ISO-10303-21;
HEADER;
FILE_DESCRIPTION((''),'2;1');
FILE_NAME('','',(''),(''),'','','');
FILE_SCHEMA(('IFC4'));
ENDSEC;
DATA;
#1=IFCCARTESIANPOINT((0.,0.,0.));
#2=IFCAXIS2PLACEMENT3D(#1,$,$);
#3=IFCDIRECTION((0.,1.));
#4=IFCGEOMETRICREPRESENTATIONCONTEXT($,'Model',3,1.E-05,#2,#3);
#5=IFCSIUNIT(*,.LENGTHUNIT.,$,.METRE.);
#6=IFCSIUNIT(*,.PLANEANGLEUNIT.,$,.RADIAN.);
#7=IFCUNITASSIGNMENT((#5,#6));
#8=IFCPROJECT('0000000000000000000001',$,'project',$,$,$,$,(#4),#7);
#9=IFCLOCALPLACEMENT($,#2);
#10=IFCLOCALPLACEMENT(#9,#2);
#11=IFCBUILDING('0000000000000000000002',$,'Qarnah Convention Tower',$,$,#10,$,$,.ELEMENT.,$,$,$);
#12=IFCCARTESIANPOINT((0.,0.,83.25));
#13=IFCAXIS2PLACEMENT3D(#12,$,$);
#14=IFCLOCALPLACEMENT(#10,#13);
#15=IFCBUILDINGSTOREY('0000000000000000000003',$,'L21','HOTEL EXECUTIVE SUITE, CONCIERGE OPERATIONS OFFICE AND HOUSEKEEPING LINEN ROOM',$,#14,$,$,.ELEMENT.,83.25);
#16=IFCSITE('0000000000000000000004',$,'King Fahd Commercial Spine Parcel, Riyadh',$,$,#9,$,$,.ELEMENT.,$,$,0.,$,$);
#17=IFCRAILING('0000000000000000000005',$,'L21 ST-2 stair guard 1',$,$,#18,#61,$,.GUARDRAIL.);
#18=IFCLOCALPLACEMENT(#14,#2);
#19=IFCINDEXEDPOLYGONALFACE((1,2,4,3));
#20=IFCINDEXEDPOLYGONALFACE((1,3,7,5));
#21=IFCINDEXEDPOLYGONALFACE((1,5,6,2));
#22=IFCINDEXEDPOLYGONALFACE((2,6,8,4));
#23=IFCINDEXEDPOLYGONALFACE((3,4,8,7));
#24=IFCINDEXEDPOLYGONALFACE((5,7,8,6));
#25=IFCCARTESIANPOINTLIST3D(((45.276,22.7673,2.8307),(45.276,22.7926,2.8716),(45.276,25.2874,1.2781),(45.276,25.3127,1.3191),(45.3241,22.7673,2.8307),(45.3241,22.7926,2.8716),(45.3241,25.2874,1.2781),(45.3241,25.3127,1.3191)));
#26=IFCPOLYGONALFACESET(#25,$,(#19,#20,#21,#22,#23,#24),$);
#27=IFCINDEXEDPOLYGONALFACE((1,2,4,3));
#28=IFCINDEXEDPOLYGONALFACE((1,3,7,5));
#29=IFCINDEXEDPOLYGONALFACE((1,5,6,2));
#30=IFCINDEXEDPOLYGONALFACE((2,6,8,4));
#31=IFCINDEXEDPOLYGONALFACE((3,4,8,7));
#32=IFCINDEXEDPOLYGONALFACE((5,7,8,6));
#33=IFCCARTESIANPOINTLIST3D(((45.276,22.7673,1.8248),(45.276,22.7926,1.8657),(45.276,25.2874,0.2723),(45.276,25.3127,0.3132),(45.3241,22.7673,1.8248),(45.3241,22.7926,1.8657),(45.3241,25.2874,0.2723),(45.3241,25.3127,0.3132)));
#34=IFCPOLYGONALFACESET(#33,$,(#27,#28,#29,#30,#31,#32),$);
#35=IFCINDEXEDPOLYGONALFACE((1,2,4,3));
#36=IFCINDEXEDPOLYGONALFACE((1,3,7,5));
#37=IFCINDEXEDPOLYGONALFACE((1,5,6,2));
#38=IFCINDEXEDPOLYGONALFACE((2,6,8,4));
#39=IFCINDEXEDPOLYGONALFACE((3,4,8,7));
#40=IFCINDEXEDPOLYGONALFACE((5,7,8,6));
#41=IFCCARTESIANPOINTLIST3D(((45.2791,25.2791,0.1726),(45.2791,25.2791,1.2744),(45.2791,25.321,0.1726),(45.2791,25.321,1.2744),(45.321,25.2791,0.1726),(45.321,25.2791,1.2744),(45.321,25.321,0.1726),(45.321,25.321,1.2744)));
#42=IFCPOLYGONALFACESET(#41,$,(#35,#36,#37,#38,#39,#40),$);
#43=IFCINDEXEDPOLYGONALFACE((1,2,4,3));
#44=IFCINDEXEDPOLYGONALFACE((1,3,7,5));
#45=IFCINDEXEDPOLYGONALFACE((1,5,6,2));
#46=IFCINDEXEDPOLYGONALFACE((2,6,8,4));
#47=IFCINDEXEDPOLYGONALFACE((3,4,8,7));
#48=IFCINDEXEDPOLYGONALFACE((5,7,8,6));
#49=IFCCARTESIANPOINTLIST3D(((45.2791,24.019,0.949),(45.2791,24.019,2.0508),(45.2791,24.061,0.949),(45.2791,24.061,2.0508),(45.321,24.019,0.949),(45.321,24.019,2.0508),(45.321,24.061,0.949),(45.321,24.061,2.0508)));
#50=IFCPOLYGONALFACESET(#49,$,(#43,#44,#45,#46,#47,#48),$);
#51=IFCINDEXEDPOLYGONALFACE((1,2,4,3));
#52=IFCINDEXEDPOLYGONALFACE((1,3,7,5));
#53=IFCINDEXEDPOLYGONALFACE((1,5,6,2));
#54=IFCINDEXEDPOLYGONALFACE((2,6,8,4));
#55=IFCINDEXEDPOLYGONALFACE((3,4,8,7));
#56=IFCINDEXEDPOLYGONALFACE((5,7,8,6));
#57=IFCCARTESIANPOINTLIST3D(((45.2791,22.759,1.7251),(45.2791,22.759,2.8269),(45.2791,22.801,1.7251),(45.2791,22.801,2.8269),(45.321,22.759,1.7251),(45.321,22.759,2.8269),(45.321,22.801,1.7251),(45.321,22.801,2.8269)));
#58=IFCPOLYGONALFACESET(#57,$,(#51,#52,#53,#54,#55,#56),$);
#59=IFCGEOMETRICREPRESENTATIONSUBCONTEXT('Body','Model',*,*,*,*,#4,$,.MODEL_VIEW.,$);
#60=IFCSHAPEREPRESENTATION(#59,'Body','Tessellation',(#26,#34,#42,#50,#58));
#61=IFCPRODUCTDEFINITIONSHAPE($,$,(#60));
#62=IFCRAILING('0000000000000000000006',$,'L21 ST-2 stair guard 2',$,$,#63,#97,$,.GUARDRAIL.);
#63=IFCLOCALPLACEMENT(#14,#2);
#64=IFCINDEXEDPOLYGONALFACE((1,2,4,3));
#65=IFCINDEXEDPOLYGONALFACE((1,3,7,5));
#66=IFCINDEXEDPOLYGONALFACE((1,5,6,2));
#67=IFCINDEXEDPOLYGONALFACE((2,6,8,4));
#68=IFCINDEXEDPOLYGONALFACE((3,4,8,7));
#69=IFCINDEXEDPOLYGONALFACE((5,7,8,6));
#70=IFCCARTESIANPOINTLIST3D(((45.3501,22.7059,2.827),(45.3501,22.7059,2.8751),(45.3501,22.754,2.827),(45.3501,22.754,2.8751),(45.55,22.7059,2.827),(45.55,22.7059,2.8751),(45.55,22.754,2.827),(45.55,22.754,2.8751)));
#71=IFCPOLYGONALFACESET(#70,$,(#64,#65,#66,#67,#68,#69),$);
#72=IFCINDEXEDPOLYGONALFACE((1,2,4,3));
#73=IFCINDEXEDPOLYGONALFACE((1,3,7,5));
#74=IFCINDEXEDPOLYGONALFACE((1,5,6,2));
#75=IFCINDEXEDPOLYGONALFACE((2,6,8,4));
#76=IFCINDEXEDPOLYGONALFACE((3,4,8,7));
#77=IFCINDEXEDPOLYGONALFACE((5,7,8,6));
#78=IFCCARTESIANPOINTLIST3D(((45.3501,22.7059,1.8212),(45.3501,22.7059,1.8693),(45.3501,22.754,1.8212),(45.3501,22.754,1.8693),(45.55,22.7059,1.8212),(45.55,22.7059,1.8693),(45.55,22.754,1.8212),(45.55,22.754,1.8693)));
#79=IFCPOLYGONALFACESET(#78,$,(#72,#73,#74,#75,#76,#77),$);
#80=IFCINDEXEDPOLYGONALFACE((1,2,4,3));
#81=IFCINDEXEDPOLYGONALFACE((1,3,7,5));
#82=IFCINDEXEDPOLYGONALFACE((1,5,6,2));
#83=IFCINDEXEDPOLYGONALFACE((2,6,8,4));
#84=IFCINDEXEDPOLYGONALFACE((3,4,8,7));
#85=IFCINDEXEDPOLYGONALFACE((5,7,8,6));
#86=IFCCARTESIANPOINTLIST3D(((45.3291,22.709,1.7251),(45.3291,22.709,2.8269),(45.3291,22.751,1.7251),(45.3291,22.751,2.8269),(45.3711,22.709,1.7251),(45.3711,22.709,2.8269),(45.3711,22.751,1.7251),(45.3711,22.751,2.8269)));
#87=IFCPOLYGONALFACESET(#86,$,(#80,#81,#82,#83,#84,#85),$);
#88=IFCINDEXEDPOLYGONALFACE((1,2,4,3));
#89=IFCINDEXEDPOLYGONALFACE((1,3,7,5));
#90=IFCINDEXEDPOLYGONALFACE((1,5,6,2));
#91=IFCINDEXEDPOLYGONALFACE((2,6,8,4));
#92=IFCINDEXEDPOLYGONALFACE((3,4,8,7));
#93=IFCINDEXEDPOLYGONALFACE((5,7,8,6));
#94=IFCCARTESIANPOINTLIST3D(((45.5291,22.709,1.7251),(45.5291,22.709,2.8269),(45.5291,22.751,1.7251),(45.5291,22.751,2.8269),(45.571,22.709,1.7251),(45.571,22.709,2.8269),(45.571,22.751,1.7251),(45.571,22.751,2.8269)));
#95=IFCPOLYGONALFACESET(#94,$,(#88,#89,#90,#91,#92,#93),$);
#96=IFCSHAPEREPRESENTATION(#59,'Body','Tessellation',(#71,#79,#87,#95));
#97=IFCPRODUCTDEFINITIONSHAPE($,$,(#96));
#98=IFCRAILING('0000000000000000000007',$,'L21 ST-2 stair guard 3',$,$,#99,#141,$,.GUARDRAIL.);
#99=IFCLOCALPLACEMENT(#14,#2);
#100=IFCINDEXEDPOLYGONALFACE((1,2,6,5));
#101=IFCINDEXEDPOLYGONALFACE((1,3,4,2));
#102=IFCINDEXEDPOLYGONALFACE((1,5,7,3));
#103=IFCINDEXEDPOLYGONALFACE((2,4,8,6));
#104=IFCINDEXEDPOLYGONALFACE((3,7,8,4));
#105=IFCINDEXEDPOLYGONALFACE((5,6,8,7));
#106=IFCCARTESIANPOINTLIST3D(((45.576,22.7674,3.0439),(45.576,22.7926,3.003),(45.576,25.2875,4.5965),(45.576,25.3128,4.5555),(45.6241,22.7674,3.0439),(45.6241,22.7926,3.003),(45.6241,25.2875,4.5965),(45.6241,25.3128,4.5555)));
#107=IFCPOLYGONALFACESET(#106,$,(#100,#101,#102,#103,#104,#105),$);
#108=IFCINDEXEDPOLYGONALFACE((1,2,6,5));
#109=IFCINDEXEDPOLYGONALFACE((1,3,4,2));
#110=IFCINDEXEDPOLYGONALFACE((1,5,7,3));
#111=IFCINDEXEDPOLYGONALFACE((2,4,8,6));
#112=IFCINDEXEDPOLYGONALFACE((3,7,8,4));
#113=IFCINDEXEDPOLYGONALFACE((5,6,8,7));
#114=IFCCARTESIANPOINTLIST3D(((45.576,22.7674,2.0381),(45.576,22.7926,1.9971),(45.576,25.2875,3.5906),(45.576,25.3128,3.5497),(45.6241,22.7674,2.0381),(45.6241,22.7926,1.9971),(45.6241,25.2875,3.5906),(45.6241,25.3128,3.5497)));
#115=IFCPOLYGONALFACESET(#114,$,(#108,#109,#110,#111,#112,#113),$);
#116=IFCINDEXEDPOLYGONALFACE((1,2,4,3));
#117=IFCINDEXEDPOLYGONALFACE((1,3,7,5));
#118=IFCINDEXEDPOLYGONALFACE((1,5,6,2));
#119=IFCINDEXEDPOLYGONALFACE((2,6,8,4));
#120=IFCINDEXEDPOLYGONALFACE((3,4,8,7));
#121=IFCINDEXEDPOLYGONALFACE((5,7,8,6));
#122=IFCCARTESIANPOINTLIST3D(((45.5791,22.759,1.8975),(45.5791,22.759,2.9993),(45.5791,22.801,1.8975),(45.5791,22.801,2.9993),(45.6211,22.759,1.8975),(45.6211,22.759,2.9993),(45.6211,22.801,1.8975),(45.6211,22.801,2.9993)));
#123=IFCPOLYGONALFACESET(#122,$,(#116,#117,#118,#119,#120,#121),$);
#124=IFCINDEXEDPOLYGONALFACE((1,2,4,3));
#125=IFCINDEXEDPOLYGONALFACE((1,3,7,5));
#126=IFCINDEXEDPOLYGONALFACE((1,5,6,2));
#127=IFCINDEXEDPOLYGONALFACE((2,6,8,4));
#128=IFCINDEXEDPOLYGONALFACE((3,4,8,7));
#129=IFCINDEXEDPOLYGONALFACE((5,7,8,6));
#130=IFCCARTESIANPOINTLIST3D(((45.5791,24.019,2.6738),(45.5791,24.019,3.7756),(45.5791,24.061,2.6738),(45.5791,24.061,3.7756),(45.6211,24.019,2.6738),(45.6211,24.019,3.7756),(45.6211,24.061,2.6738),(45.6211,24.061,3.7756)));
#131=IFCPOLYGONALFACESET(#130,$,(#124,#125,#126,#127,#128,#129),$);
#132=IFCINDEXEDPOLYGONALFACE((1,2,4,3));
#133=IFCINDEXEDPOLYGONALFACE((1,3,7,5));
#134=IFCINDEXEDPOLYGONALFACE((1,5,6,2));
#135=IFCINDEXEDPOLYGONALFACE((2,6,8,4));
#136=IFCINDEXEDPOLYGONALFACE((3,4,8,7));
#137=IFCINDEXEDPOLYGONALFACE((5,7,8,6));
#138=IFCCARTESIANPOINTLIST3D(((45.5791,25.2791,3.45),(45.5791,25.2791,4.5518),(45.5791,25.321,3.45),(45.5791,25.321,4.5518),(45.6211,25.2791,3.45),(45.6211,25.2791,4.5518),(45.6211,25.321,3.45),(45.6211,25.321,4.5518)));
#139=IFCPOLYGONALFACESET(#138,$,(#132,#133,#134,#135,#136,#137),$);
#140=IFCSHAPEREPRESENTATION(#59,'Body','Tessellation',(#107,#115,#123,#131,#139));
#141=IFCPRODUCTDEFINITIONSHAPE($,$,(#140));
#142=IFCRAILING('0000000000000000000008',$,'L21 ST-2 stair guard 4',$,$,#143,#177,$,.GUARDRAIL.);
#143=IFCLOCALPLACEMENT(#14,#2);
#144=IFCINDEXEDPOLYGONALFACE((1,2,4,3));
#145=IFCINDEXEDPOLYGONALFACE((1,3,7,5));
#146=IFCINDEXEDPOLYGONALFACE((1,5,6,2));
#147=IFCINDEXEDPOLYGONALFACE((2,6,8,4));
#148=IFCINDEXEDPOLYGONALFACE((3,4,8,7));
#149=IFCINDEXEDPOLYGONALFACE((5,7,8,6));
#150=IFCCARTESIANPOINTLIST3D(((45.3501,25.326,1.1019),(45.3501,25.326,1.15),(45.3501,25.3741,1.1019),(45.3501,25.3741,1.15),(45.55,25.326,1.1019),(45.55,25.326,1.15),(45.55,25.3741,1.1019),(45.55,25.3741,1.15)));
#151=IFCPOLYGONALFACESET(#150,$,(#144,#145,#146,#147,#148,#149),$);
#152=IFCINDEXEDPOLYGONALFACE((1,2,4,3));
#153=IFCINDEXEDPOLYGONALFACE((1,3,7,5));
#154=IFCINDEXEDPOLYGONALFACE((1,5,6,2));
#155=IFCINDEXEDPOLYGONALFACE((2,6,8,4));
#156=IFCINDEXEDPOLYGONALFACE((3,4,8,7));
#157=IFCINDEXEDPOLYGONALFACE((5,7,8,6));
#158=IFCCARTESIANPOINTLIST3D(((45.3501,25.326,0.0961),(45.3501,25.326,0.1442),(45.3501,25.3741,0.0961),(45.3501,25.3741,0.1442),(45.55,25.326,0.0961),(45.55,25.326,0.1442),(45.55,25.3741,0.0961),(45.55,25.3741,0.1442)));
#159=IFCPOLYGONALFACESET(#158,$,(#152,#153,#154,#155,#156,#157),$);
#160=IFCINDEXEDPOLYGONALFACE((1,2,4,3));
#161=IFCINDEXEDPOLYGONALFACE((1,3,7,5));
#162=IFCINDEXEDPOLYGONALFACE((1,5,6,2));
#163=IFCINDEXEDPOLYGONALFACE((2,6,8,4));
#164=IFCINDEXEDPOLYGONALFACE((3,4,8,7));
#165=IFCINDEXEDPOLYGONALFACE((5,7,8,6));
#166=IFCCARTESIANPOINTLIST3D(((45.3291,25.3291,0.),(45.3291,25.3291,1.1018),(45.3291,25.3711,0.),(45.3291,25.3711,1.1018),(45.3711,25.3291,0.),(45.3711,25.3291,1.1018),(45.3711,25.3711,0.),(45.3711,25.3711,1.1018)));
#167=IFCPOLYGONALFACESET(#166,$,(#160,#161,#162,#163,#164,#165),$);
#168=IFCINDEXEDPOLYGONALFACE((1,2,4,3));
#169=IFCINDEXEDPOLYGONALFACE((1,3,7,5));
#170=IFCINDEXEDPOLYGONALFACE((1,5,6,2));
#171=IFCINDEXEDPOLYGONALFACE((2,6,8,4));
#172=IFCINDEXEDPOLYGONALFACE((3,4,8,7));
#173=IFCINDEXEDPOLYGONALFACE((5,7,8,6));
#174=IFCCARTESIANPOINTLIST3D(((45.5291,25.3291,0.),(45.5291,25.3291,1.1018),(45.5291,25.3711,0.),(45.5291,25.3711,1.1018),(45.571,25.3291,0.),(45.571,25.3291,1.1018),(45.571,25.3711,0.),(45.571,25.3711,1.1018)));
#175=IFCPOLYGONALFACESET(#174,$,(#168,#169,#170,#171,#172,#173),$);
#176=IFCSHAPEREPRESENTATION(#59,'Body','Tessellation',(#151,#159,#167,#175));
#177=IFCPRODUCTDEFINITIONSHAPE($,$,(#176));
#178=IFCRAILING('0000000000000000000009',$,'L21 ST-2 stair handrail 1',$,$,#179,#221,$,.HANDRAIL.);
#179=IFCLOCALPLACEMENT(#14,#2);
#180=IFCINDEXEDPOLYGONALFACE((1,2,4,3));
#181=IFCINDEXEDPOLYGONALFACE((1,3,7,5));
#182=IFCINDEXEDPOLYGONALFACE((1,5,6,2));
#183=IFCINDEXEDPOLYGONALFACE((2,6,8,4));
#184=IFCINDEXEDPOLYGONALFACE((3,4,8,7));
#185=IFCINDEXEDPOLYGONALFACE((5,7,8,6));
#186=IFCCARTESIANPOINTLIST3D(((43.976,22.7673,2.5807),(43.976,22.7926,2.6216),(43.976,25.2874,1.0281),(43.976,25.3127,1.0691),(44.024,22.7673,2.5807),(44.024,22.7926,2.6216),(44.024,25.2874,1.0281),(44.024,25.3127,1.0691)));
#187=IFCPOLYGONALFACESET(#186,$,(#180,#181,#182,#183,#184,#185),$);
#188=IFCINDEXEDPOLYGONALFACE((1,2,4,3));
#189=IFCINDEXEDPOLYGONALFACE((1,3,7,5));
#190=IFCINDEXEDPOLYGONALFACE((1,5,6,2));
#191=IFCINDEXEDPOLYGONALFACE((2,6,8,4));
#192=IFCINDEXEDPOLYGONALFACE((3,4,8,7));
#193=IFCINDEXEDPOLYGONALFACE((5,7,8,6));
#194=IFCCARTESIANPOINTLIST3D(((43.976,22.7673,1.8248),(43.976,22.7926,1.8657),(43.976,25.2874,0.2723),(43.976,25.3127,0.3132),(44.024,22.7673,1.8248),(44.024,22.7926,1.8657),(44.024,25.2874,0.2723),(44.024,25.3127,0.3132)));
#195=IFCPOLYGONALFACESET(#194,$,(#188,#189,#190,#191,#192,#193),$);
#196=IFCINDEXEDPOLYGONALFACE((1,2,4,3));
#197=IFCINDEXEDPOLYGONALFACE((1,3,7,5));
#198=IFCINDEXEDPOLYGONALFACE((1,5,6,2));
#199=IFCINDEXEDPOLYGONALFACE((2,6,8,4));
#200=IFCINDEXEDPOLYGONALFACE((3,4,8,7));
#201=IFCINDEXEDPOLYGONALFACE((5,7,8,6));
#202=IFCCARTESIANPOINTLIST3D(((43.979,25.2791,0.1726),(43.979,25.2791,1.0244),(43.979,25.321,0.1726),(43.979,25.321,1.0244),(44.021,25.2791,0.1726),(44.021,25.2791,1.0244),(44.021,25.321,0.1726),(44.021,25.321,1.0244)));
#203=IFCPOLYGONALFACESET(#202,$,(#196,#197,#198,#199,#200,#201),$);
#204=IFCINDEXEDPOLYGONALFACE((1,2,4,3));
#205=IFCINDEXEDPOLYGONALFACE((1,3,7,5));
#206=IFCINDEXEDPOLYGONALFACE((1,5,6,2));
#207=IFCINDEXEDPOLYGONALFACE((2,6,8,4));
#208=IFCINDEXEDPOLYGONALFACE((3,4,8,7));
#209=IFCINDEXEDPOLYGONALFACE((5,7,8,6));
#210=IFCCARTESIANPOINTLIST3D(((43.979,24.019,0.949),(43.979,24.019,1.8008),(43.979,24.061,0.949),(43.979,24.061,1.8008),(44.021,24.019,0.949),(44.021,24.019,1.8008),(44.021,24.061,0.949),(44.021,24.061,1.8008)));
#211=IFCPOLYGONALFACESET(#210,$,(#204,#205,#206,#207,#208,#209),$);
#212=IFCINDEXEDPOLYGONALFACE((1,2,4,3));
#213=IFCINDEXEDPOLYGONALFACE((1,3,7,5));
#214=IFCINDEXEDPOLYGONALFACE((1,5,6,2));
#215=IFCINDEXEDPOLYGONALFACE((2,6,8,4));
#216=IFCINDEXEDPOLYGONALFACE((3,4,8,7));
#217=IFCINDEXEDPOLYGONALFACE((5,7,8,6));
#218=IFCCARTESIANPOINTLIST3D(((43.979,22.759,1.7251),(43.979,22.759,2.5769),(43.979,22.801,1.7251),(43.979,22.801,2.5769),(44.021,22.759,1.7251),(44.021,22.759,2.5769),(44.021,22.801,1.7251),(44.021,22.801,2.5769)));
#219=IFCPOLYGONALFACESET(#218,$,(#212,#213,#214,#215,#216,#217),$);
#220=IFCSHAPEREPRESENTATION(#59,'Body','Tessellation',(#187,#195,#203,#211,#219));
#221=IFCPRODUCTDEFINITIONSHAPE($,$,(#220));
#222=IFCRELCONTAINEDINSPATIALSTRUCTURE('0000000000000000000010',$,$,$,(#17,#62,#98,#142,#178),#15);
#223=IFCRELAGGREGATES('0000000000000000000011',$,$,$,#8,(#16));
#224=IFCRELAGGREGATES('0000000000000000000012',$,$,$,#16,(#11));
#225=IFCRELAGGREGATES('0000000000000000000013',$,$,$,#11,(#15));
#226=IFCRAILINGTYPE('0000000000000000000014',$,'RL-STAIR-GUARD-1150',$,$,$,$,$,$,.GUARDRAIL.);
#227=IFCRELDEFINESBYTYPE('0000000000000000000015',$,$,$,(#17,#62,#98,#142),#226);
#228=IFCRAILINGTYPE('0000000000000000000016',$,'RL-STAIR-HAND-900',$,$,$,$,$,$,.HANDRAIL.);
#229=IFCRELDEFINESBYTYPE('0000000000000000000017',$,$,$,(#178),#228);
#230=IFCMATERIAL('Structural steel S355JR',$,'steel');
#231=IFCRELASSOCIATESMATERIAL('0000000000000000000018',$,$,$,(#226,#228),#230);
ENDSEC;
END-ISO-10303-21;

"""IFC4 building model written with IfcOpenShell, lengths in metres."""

from ifc_helpers import new_model, si_unit, direction, frame, origin, origin_2d, place, context, subcontext, project, spatial, rectangle, extrude, material, type_object, element, save


model = new_model("IFC4")

# Units and contexts
model_context = context("Model", 3, precision=1e-05, world=origin(), true_north=direction((0.0, 1.0)))
body_context = subcontext(model_context, "Body", "Model", "MODEL_VIEW")
ifc_project = project(units=[si_unit("LENGTHUNIT", "METRE"), si_unit("PLANEANGLEUNIT", "RADIAN")], contexts=[model_context])

# Site, building, storey
site_placement = place(None, origin())
site = spatial("IfcSite", under=ifc_project, at=site_placement, Name="King Fahd Commercial Spine Parcel, Riyadh", CompositionType="ELEMENT", RefElevation=0.0)
building_placement = place(site_placement, origin())
building = spatial("IfcBuilding", under=site, at=building_placement, Name="Qarnah Convention Tower", CompositionType="ELEMENT")
storey_placement = place(building_placement, frame((0.0, 0.0, 83.25)))
storey = spatial("IfcBuildingStorey", under=building, at=storey_placement, Name="L21", Description="HOTEL EXECUTIVE SUITE, CONCIERGE OPERATIONS OFFICE AND HOUSEKEEPING LINEN ROOM", CompositionType="ELEMENT", Elevation=83.25)

# Shared definitions
ifc_material_1 = material(Name="Structural steel S355JR", Category="steel")

# Railings
railing_type_1 = type_object("IfcRailingType", Name="RL-STAIR-GUARD-1150", PredefinedType="GUARDRAIL", material=ifc_material_1)
railing_1_placement = place(storey_placement, frame((45.3, 25.3, 0.1726)))
element("IfcRailing", 1, at=railing_1_placement, inside=storey, type_object=railing_type_1, Name="L21 ST-2 stair guard 1", PredefinedType="GUARDRAIL", context=body_context, shape_type="SweptSolid", body=[
    extrude(rectangle(XDim=0.0481, YDim=0.0481, at=origin_2d()), frame((0.0, 0.0, 1.126), z_axis=(0.0, -0.8514, 0.524516), x_axis=(1.0, 0.0, 0.0)), (0.0, 0.0, 1.0), 2.96),
    extrude(rectangle(XDim=0.0481, YDim=0.0481, at=origin_2d()), frame((0.0, 0.0, 0.1201), z_axis=(0.0, -0.8514, 0.524516), x_axis=(1.0, 0.0, 0.0)), (0.0, 0.0, 1.0), 2.96),
    extrude(rectangle(XDim=0.042, YDim=0.042, at=origin_2d()), origin(), (0.0, 0.0, 1.0), 1.1018),
    extrude(rectangle(XDim=0.042, YDim=0.042, at=origin_2d()), frame((0.0, -1.26, 0.7764)), (0.0, 0.0, 1.0), 1.1018),
    extrude(rectangle(XDim=0.042, YDim=0.042, at=origin_2d()), frame((0.0, -2.52, 1.5525)), (0.0, 0.0, 1.0), 1.1018),
])
railing_2_placement = place(storey_placement, frame((45.3501, 22.73, 1.7251)))
element("IfcRailing", 2, at=railing_2_placement, inside=storey, type_object=railing_type_1, Name="L21 ST-2 stair guard 2", PredefinedType="GUARDRAIL", context=body_context, shape_type="SweptSolid", body=[
    extrude(rectangle(XDim=0.0481, YDim=0.0481, at=origin_2d()), frame((0.0, 0.0, 1.126), z_axis=(1.0, 0.0, 0.0), x_axis=(0.0, 1.0, 0.0)), (0.0, 0.0, 1.0), 0.2),
    extrude(rectangle(XDim=0.0481, YDim=0.0481, at=origin_2d()), frame((0.0, 0.0, 0.1201), z_axis=(1.0, 0.0, 0.0), x_axis=(0.0, 1.0, 0.0)), (0.0, 0.0, 1.0), 0.2),
    extrude(rectangle(XDim=0.042, YDim=0.042, at=origin_2d()), origin(), (0.0, 0.0, 1.0), 1.1018),
    extrude(rectangle(XDim=0.042, YDim=0.042, at=origin_2d()), frame((0.2, 0.0, 0.0)), (0.0, 0.0, 1.0), 1.1018),
])
railing_3_placement = place(storey_placement, frame((45.6001, 22.78, 1.8975)))
element("IfcRailing", 3, at=railing_3_placement, inside=storey, type_object=railing_type_1, Name="L21 ST-2 stair guard 3", PredefinedType="GUARDRAIL", context=body_context, shape_type="SweptSolid", body=[
    extrude(rectangle(XDim=0.0481, YDim=0.0481, at=origin_2d()), frame((0.0, 0.0, 1.126), z_axis=(0.0, 0.8514, 0.524516), x_axis=(-1.0, 0.0, 0.0)), (0.0, 0.0, 1.0), 2.96),
    extrude(rectangle(XDim=0.0481, YDim=0.0481, at=origin_2d()), frame((0.0, 0.0, 0.1201), z_axis=(0.0, 0.8514, 0.524516), x_axis=(-1.0, 0.0, 0.0)), (0.0, 0.0, 1.0), 2.96),
    extrude(rectangle(XDim=0.042, YDim=0.042, at=origin_2d()), origin(), (0.0, 0.0, 1.0), 1.1018),
    extrude(rectangle(XDim=0.042, YDim=0.042, at=origin_2d()), frame((0.0, 1.26, 0.7764)), (0.0, 0.0, 1.0), 1.1018),
    extrude(rectangle(XDim=0.042, YDim=0.042, at=origin_2d()), frame((0.0, 2.52, 1.5525)), (0.0, 0.0, 1.0), 1.1018),
])
railing_4_placement = place(storey_placement, frame((45.3501, 25.3501, 0.0)))
element("IfcRailing", 4, at=railing_4_placement, inside=storey, type_object=railing_type_1, Name="L21 ST-2 stair guard 4", PredefinedType="GUARDRAIL", context=body_context, shape_type="SweptSolid", body=[
    extrude(rectangle(XDim=0.0481, YDim=0.0481, at=origin_2d()), frame((0.0, 0.0, 1.126), z_axis=(1.0, 0.0, 0.0), x_axis=(0.0, 1.0, 0.0)), (0.0, 0.0, 1.0), 0.2),
    extrude(rectangle(XDim=0.0481, YDim=0.0481, at=origin_2d()), frame((0.0, 0.0, 0.1201), z_axis=(1.0, 0.0, 0.0), x_axis=(0.0, 1.0, 0.0)), (0.0, 0.0, 1.0), 0.2),
    extrude(rectangle(XDim=0.042, YDim=0.042, at=origin_2d()), origin(), (0.0, 0.0, 1.0), 1.1018),
    extrude(rectangle(XDim=0.042, YDim=0.042, at=origin_2d()), frame((0.2, 0.0, 0.0)), (0.0, 0.0, 1.0), 1.1018),
])
railing_type_2 = type_object("IfcRailingType", Name="RL-STAIR-HAND-900", PredefinedType="HANDRAIL", material=ifc_material_1)
railing_5_placement = place(storey_placement, frame((44.0, 25.3, 0.1726)))
element("IfcRailing", 5, at=railing_5_placement, inside=storey, type_object=railing_type_2, Name="L21 ST-2 stair handrail 1", PredefinedType="HANDRAIL", context=body_context, shape_type="SweptSolid", body=[
    extrude(rectangle(XDim=0.0481, YDim=0.0481, at=origin_2d()), frame((0.0, 0.0, 0.876), z_axis=(0.0, -0.8514, 0.524516), x_axis=(1.0, 0.0, 0.0)), (0.0, 0.0, 1.0), 2.96),
    extrude(rectangle(XDim=0.0481, YDim=0.0481, at=origin_2d()), frame((0.0, 0.0, 0.1201), z_axis=(0.0, -0.8514, 0.524516), x_axis=(1.0, 0.0, 0.0)), (0.0, 0.0, 1.0), 2.96),
    extrude(rectangle(XDim=0.042, YDim=0.042, at=origin_2d()), origin(), (0.0, 0.0, 1.0), 0.8518),
    extrude(rectangle(XDim=0.042, YDim=0.042, at=origin_2d()), frame((0.0, -1.26, 0.7764)), (0.0, 0.0, 1.0), 0.8518),
    extrude(rectangle(XDim=0.042, YDim=0.042, at=origin_2d()), frame((0.0, -2.52, 1.5525)), (0.0, 0.0, 1.0), 0.8518),
])

save(model, "model.ifc")
